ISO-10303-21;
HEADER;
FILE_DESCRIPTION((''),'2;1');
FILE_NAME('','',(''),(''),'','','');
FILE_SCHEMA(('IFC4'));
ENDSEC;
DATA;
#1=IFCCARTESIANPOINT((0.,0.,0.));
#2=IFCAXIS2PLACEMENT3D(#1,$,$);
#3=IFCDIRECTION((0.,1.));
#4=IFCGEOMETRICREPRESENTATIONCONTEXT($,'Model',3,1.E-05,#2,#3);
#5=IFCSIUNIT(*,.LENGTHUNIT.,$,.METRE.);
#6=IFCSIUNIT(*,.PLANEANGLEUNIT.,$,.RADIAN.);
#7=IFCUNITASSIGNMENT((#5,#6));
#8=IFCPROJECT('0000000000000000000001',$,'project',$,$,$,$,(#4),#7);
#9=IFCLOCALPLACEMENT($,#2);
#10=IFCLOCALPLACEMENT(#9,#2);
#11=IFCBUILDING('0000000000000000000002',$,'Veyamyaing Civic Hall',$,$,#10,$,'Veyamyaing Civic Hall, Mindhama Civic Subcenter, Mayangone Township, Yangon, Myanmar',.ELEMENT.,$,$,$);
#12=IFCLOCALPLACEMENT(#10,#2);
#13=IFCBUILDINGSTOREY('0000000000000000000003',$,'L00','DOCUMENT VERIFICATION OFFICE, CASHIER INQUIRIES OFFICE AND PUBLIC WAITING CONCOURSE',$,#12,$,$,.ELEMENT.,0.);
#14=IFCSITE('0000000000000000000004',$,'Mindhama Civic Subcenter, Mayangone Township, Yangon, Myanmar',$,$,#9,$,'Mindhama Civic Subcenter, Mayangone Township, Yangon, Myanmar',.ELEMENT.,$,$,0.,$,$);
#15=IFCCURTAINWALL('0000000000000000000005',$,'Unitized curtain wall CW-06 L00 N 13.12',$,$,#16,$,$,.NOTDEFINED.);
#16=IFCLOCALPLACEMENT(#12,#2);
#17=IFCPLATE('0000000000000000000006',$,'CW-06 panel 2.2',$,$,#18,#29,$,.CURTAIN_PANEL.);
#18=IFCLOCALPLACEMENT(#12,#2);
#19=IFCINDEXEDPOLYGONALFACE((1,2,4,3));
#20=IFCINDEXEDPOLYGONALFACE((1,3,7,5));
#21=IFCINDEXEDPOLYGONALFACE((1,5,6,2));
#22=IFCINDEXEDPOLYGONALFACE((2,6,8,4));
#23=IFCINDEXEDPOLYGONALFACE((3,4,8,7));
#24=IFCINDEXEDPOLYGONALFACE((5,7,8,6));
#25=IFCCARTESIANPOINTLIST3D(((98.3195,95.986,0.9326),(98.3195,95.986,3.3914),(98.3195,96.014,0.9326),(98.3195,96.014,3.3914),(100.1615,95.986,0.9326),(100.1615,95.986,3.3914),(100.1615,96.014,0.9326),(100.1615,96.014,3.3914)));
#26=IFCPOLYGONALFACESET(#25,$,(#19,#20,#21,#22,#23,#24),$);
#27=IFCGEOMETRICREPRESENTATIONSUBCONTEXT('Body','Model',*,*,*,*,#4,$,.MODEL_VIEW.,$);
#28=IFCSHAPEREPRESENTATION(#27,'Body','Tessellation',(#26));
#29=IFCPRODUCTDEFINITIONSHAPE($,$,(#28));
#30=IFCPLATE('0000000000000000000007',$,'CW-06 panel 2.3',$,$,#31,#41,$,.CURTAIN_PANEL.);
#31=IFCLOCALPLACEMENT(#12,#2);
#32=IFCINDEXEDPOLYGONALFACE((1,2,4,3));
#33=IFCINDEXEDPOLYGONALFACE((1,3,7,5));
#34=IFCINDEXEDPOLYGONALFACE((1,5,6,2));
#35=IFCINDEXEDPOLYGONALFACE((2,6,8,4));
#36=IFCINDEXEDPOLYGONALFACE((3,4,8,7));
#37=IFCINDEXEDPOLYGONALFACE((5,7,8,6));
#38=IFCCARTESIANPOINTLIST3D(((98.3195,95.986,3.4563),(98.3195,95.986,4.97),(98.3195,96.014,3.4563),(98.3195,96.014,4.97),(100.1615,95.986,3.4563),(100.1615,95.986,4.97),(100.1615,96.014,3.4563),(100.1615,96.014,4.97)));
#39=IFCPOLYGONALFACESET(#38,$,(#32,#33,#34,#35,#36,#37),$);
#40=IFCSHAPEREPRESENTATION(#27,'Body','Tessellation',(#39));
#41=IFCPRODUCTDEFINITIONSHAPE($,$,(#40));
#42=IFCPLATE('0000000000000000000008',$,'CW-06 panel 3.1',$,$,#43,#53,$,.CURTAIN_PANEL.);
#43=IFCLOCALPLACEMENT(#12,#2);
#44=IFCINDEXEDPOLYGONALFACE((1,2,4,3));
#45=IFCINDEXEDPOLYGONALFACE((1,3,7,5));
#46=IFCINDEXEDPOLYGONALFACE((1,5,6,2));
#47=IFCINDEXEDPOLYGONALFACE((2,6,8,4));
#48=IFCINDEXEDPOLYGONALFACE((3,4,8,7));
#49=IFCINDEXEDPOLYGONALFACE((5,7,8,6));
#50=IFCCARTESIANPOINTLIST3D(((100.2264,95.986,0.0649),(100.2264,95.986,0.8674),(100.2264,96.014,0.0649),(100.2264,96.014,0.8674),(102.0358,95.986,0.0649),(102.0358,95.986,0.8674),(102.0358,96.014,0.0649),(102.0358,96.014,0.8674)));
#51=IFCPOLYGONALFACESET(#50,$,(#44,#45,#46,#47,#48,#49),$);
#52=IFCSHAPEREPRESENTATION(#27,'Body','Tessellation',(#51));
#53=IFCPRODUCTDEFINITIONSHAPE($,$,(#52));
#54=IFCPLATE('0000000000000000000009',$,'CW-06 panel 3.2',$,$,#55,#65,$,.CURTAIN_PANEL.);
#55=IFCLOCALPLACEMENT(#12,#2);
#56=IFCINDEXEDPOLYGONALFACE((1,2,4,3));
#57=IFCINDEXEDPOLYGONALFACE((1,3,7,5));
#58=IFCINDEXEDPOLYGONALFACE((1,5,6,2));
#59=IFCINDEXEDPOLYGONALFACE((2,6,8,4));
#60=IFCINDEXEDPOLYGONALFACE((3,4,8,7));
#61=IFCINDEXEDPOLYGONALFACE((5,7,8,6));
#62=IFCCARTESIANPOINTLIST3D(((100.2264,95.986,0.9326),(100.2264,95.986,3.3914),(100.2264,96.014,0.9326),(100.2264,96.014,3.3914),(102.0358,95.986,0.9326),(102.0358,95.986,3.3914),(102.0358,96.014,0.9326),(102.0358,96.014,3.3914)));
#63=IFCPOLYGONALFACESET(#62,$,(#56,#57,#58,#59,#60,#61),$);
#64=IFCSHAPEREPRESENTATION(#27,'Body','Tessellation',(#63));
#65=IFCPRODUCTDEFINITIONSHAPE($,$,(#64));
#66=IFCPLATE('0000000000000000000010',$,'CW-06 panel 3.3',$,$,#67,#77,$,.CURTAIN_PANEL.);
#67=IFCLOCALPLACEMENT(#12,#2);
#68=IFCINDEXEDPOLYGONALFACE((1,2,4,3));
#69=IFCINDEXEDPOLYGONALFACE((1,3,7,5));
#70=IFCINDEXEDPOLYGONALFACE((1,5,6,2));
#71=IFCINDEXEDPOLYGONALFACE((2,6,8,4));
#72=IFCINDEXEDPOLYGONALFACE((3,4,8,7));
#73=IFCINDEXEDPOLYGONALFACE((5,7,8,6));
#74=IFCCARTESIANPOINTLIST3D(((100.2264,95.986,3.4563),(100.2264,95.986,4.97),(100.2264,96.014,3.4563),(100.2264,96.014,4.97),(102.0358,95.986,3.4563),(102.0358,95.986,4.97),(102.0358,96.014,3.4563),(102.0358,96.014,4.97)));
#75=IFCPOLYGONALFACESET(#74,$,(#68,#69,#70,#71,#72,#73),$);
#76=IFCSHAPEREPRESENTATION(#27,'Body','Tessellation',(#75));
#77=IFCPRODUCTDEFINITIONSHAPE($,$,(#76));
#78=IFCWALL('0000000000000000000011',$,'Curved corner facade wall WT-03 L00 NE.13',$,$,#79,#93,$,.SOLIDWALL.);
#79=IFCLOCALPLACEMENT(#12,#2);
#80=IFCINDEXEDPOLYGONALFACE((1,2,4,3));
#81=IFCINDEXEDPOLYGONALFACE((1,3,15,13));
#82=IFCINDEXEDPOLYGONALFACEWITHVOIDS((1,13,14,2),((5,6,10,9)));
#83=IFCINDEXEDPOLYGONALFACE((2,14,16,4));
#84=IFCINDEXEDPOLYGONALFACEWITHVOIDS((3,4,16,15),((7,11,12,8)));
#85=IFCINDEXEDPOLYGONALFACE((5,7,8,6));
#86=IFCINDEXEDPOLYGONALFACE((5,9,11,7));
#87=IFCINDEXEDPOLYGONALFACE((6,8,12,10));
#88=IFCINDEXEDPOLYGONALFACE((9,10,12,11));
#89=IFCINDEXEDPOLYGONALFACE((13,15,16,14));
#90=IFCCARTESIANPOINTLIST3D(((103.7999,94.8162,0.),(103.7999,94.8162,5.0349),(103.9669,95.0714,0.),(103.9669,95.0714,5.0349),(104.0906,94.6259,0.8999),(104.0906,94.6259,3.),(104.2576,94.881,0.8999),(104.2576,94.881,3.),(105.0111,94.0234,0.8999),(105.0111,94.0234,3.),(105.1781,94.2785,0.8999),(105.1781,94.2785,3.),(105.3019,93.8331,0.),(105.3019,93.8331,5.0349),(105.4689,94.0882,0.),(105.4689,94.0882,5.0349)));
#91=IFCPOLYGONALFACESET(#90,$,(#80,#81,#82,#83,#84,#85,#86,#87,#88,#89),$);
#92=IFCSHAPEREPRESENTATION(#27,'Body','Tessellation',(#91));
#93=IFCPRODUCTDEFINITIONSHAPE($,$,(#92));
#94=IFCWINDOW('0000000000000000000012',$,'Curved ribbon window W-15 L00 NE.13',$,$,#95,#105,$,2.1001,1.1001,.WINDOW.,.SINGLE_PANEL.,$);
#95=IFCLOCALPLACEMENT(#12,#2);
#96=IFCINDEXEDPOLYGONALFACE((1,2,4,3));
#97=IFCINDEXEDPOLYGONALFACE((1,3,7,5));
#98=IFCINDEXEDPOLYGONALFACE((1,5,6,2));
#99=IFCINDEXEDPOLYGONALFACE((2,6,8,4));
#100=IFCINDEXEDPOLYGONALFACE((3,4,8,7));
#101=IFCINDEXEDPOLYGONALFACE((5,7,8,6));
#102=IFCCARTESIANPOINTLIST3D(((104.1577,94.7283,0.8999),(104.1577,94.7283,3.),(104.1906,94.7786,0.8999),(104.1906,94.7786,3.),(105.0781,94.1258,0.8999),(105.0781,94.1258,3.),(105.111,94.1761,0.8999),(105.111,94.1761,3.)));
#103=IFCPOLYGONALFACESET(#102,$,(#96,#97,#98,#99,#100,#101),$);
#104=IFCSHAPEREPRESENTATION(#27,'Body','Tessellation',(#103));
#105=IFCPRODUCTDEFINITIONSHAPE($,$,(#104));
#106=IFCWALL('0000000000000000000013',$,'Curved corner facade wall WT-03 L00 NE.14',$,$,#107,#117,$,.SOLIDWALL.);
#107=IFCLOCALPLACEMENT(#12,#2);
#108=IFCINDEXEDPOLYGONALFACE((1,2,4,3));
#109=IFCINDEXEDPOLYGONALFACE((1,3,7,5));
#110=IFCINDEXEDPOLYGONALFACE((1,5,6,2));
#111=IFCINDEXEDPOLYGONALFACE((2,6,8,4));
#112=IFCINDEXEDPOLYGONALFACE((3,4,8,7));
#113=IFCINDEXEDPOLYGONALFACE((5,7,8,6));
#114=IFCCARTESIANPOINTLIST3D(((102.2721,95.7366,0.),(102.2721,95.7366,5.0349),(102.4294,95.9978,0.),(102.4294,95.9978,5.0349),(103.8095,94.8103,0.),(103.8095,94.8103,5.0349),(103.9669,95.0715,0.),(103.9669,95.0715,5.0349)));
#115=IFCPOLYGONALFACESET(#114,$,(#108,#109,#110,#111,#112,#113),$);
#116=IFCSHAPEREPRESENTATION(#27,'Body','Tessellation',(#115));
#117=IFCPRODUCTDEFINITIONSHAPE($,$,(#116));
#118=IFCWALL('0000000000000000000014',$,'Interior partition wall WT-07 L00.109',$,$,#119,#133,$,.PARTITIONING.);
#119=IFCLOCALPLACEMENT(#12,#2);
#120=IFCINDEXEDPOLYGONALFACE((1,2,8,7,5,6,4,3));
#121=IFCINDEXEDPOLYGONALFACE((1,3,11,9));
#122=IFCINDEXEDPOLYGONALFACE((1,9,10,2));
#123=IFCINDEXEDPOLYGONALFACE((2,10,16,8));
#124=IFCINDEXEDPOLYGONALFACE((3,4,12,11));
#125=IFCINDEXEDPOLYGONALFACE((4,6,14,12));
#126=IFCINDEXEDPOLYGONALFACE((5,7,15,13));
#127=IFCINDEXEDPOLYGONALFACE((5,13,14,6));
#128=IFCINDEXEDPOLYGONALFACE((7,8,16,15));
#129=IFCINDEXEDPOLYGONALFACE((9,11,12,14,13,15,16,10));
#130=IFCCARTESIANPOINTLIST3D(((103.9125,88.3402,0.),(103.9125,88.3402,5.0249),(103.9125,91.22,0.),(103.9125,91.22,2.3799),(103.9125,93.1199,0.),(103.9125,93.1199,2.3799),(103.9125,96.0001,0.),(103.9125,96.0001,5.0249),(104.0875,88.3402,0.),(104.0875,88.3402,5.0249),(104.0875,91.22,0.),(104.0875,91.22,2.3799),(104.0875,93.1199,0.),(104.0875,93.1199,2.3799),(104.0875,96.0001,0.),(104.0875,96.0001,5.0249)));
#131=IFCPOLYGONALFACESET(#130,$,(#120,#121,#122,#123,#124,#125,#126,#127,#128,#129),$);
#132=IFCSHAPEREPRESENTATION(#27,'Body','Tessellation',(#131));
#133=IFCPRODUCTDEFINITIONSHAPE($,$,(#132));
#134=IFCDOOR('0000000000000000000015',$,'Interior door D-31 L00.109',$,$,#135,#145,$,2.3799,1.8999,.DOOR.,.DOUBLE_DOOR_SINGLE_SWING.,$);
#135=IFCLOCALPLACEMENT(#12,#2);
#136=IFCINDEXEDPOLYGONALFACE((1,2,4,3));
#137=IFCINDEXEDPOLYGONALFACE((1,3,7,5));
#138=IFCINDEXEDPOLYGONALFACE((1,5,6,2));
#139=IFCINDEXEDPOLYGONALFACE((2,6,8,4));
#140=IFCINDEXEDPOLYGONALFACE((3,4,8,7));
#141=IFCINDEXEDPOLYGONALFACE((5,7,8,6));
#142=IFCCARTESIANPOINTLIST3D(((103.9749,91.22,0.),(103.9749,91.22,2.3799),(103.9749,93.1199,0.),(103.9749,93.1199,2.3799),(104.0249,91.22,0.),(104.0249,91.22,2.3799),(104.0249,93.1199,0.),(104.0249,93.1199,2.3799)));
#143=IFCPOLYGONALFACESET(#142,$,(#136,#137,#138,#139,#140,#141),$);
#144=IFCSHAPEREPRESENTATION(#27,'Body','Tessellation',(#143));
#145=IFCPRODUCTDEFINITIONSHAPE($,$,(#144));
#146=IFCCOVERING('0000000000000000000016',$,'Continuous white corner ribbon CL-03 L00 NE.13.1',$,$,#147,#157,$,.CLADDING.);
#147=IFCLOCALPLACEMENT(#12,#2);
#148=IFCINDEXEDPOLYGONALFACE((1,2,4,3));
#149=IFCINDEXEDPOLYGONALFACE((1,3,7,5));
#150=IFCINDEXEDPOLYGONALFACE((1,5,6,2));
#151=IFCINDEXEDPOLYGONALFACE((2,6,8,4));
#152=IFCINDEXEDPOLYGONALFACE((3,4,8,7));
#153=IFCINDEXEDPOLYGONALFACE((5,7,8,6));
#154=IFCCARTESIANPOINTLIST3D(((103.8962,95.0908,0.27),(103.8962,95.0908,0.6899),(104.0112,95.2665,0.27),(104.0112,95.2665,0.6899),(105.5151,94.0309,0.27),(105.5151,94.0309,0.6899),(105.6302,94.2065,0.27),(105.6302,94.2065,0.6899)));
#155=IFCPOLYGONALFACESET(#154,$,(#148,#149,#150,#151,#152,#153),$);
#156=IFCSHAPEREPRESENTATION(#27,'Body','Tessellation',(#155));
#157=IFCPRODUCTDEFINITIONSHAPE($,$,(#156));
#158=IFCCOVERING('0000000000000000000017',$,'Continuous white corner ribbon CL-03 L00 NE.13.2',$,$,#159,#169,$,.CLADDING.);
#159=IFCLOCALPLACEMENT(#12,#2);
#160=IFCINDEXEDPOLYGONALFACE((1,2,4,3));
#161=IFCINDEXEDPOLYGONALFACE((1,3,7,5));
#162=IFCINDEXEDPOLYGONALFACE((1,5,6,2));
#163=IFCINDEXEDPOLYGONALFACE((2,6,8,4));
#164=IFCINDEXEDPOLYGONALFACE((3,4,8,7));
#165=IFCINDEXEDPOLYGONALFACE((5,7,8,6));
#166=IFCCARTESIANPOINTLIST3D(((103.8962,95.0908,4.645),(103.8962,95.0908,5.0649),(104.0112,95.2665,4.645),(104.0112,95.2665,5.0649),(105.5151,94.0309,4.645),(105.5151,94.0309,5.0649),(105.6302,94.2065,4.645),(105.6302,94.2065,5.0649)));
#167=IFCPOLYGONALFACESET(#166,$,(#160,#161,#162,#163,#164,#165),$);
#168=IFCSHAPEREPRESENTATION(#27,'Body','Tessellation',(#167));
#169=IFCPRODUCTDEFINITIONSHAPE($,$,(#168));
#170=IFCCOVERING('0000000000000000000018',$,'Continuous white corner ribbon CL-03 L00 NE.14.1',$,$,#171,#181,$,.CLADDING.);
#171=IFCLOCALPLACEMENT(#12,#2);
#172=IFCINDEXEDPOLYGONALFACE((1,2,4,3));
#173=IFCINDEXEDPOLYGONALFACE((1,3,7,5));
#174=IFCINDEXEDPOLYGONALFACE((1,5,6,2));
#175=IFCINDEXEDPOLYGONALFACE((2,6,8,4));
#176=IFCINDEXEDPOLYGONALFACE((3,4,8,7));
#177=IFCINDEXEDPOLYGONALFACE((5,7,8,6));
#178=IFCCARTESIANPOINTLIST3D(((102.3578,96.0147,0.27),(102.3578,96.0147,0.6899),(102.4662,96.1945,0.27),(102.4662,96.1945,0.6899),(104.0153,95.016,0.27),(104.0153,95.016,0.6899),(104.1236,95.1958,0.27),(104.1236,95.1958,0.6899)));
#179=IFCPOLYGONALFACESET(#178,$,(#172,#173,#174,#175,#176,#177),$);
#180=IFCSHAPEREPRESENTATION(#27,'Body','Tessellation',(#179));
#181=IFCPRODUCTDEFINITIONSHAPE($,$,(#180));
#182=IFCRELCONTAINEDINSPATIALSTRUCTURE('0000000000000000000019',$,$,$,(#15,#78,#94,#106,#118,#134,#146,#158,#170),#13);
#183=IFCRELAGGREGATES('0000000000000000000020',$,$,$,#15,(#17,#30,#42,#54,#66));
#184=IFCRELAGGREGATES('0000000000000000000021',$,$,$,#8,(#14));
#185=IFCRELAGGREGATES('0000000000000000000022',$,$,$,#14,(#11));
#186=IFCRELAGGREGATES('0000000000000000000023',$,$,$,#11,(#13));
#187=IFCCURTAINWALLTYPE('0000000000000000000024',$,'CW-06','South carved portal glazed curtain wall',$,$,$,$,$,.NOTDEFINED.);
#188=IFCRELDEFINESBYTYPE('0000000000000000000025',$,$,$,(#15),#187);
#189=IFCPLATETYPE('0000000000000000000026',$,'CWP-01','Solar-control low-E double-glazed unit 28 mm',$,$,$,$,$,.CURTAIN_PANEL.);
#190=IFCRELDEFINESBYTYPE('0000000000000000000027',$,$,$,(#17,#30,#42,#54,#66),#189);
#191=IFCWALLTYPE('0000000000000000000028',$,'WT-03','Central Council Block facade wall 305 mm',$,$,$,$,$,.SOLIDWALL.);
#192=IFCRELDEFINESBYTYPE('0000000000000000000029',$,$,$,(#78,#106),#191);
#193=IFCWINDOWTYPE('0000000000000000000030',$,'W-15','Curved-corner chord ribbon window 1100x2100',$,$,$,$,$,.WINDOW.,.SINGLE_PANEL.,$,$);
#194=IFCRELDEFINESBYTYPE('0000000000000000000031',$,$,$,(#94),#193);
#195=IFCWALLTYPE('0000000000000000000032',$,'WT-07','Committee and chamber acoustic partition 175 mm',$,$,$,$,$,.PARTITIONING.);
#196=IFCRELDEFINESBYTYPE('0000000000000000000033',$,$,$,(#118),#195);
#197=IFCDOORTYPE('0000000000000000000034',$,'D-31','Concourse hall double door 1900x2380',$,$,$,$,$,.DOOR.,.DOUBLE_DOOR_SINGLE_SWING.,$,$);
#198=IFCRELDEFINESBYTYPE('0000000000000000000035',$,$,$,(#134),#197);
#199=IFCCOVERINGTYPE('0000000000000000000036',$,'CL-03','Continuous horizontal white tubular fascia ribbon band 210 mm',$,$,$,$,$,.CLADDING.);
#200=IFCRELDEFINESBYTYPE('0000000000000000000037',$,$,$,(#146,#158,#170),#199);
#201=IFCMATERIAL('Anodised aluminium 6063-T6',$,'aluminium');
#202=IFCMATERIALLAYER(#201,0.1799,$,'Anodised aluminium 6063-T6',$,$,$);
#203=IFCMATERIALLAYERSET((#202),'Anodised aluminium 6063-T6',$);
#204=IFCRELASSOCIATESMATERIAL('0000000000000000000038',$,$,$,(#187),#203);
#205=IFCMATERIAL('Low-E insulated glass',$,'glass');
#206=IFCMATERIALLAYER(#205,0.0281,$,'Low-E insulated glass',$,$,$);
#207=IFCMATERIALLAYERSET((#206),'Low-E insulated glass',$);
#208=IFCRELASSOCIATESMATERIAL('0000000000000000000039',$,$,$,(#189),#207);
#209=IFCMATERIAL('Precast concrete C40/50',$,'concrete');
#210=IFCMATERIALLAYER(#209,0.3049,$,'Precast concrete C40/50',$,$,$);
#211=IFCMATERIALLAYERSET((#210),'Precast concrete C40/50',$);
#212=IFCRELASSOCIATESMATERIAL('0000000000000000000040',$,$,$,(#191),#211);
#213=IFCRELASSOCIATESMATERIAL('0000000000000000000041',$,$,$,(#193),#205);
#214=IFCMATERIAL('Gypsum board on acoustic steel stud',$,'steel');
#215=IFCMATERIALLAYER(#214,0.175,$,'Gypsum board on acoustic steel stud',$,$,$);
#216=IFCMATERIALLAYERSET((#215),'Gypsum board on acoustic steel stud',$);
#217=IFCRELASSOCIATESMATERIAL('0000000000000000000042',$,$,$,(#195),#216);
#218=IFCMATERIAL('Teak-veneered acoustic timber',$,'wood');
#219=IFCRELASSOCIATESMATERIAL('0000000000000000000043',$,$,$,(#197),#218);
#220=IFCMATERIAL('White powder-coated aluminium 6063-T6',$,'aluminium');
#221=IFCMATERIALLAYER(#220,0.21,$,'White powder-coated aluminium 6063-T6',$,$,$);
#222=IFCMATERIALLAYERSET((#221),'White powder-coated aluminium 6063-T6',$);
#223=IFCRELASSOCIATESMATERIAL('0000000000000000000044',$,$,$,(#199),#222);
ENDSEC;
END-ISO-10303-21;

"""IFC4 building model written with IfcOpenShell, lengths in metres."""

from ifc_helpers import new_model, si_unit, direction, frame, frame_2d, origin, origin_2d, place, context, subcontext, project, spatial, rectangle, extrude, material, layer, layer_set, type_object, element, fill, aggregate, save


model = new_model("IFC4")

# Units and contexts
model_context = context("Model", 3, precision=1e-05, world=origin(), true_north=direction((0.0, 1.0)))
body_context = subcontext(model_context, "Body", "Model", "MODEL_VIEW")
ifc_project = project(units=[si_unit("LENGTHUNIT", "METRE"), si_unit("PLANEANGLEUNIT", "RADIAN")], contexts=[model_context])

# Site, building, storey
site_placement = place(None, origin())
site = spatial("IfcSite", under=ifc_project, at=site_placement, Name="Mindhama Civic Subcenter, Mayangone Township, Yangon, Myanmar", LongName="Mindhama Civic Subcenter, Mayangone Township, Yangon, Myanmar", CompositionType="ELEMENT", RefElevation=0.0)
building_placement = place(site_placement, origin())
building = spatial("IfcBuilding", under=site, at=building_placement, Name="Veyamyaing Civic Hall", LongName="Veyamyaing Civic Hall, Mindhama Civic Subcenter, Mayangone Township, Yangon, Myanmar", CompositionType="ELEMENT")
storey_placement = place(building_placement, origin())
storey = spatial("IfcBuildingStorey", under=building, at=storey_placement, Name="L00", Description="DOCUMENT VERIFICATION OFFICE, CASHIER INQUIRIES OFFICE AND PUBLIC WAITING CONCOURSE", CompositionType="ELEMENT", Elevation=0.0)

# Curtain wall, plates
ifc_material_1 = material(Name="Anodised aluminium 6063-T6", Category="aluminium")
ifc_layer_1 = layer(ifc_material_1, 0.1799, Name="Anodised aluminium 6063-T6")
ifc_layer_set_1 = layer_set([ifc_layer_1], Name="Anodised aluminium 6063-T6")
curtain_wall_type = type_object("IfcCurtainWallType", Name="CW-06", Description="South carved portal glazed curtain wall", PredefinedType="NOTDEFINED", material=ifc_layer_set_1)
curtain_wall_placement = place(storey_placement, origin())
curtain_wall = element("IfcCurtainWall", 1, at=curtain_wall_placement, inside=storey, type_object=curtain_wall_type, Name="Unitized curtain wall CW-06 L00 N 13.12", PredefinedType="NOTDEFINED")
ifc_material_2 = material(Name="Low-E insulated glass", Category="glass")
ifc_layer_2 = layer(ifc_material_2, 0.0281, Name="Low-E insulated glass")
ifc_layer_set_2 = layer_set([ifc_layer_2], Name="Low-E insulated glass")
plate_type = type_object("IfcPlateType", Name="CWP-01", Description="Solar-control low-E double-glazed unit 28 mm", PredefinedType="CURTAIN_PANEL", material=ifc_layer_set_2)
plate_1_placement = place(storey_placement, frame((99.2405, 96.0, 0.9326), z_axis=(0.0, 0.0, 1.0), x_axis=(1.0, 0.0, 0.0)))
plate_1 = element("IfcPlate", 2, at=plate_1_placement, type_object=plate_type, Name="CW-06 panel 2.2", PredefinedType="CURTAIN_PANEL", context=body_context, shape_type="SweptSolid", body=[
    extrude(rectangle(XDim=1.842, YDim=0.0281, at=origin_2d()), origin(), (0.0, 0.0, 1.0), 2.4587),
])
plate_2_placement = place(storey_placement, frame((99.2405, 96.0, 3.4563), z_axis=(0.0, 0.0, 1.0), x_axis=(1.0, 0.0, 0.0)))
plate_2 = element("IfcPlate", 3, at=plate_2_placement, type_object=plate_type, Name="CW-06 panel 2.3", PredefinedType="CURTAIN_PANEL", context=body_context, shape_type="SweptSolid", body=[
    extrude(rectangle(XDim=1.842, YDim=0.0281, at=origin_2d()), origin(), (0.0, 0.0, 1.0), 1.5137),
])
plate_3_placement = place(storey_placement, frame((101.1311, 96.0, 0.0649), z_axis=(0.0, 0.0, 1.0), x_axis=(1.0, 0.0, 0.0)))
plate_3 = element("IfcPlate", 4, at=plate_3_placement, type_object=plate_type, Name="CW-06 panel 3.1", PredefinedType="CURTAIN_PANEL", context=body_context, shape_type="SweptSolid", body=[
    extrude(rectangle(XDim=1.8093, YDim=0.0281, at=origin_2d()), origin(), (0.0, 0.0, 1.0), 0.8025),
])
plate_4_placement = place(storey_placement, frame((101.1311, 96.0, 0.9326), z_axis=(0.0, 0.0, 1.0), x_axis=(1.0, 0.0, 0.0)))
plate_4 = element("IfcPlate", 5, at=plate_4_placement, type_object=plate_type, Name="CW-06 panel 3.2", PredefinedType="CURTAIN_PANEL", context=body_context, shape_type="SweptSolid", body=[
    extrude(rectangle(XDim=1.8093, YDim=0.0281, at=origin_2d()), origin(), (0.0, 0.0, 1.0), 2.4587),
])
plate_5_placement = place(storey_placement, frame((101.1311, 96.0, 3.4563), z_axis=(0.0, 0.0, 1.0), x_axis=(1.0, 0.0, 0.0)))
plate_5 = element("IfcPlate", 6, at=plate_5_placement, type_object=plate_type, Name="CW-06 panel 3.3", PredefinedType="CURTAIN_PANEL", context=body_context, shape_type="SweptSolid", body=[
    extrude(rectangle(XDim=1.8093, YDim=0.0281, at=origin_2d()), origin(), (0.0, 0.0, 1.0), 1.5137),
])
aggregate(curtain_wall, [plate_1, plate_2, plate_3, plate_4, plate_5])

# Wall, opening, window
ifc_material_3 = material(Name="Precast concrete C40/50", Category="concrete")
ifc_layer_3 = layer(ifc_material_3, 0.3049, Name="Precast concrete C40/50")
ifc_layer_set_3 = layer_set([ifc_layer_3], Name="Precast concrete C40/50")
wall_type_1 = type_object("IfcWallType", Name="WT-03", Description="Central Council Block facade wall 305 mm", PredefinedType="SOLIDWALL", material=ifc_layer_set_3)
wall_1_placement = place(storey_placement, frame((105.3853, 93.9607, 0.0), z_axis=(0.0, 0.0, 1.0), x_axis=(-0.836687, 0.547682, 0.0)))
wall_1 = element("IfcWall", 7, at=wall_1_placement, inside=storey, type_object=wall_type_1, Name="Curved corner facade wall WT-03 L00 NE.13", PredefinedType="SOLIDWALL", context=body_context, shape_type="SweptSolid", body=[
    extrude(rectangle(XDim=1.7952, YDim=0.3049, at=frame_2d((0.8975, 0.0))), origin(), (0.0, 0.0, 1.0), 5.0349),
])
opening_1_placement = place(wall_1_placement, frame((0.3474, 0.0, 0.8999)))
opening_1 = element("IfcOpeningElement", 8, at=opening_1_placement, cuts=wall_1, PredefinedType="OPENING", context=body_context, shape_type="SweptSolid", body=[
    extrude(rectangle(XDim=1.1001, YDim=2.1001, at=frame_2d((0.55, 1.05))), frame((0.0, 0.1624, 0.0), z_axis=(0.0, -1.0, 0.0), x_axis=(1.0, 0.0, 0.0)), (0.0, 0.0, 1.0), 0.325),
])
window_type = type_object("IfcWindowType", Name="W-15", Description="Curved-corner chord ribbon window 1100x2100", PartitioningType="SINGLE_PANEL", PredefinedType="WINDOW", material=ifc_material_2)
window_placement = place(opening_1_placement, origin())
window = element("IfcWindow", 9, at=window_placement, inside=storey, type_object=window_type, Name="Curved ribbon window W-15 L00 NE.13", OverallHeight=2.1001, OverallWidth=1.1001, PartitioningType="SINGLE_PANEL", PredefinedType="WINDOW", context=body_context, shape_type="SweptSolid", body=[
    extrude(rectangle(XDim=1.1001, YDim=2.1001, at=frame_2d((0.55, 1.05))), frame((0.0, 0.03, 0.0), z_axis=(0.0, -1.0, 0.0), x_axis=(1.0, 0.0, 0.0)), (0.0, 0.0, 1.0), 0.0601),
])
fill(opening_1, window)

# Wall
wall_2_placement = place(storey_placement, frame((103.8882, 94.9409, 0.0), z_axis=(0.0, 0.0, 1.0), x_axis=(-0.856543, 0.516075, 0.0)))
element("IfcWall", 10, at=wall_2_placement, inside=storey, type_object=wall_type_1, Name="Curved corner facade wall WT-03 L00 NE.14", PredefinedType="SOLIDWALL", context=body_context, shape_type="SweptSolid", body=[
    extrude(rectangle(XDim=1.7949, YDim=0.3049, at=frame_2d((0.8975, 0.0))), origin(), (0.0, 0.0, 1.0), 5.0349),
])

# Wall, opening, door
ifc_material_4 = material(Name="Gypsum board on acoustic steel stud", Category="steel")
ifc_layer_4 = layer(ifc_material_4, 0.175, Name="Gypsum board on acoustic steel stud")
ifc_layer_set_4 = layer_set([ifc_layer_4], Name="Gypsum board on acoustic steel stud")
wall_type_2 = type_object("IfcWallType", Name="WT-07", Description="Committee and chamber acoustic partition 175 mm", PredefinedType="PARTITIONING", material=ifc_layer_set_4)
wall_3_placement = place(storey_placement, frame((104.0, 88.3401, 0.0), z_axis=(0.0, 0.0, 1.0), x_axis=(0.0, 1.0, 0.0)))
wall_3 = element("IfcWall", 11, at=wall_3_placement, inside=storey, type_object=wall_type_2, Name="Interior partition wall WT-07 L00.109", PredefinedType="PARTITIONING", context=body_context, shape_type="SweptSolid", body=[
    extrude(rectangle(XDim=7.6599, YDim=0.175, at=frame_2d((3.8301, 0.0))), origin(), (0.0, 0.0, 1.0), 5.0249),
])
opening_2_placement = place(wall_3_placement, frame((2.8799, 0.0, 0.0)))
opening_2 = element("IfcOpeningElement", 12, at=opening_2_placement, cuts=wall_3, PredefinedType="OPENING", context=body_context, shape_type="SweptSolid", body=[
    extrude(rectangle(XDim=1.8999, YDim=2.3799, at=frame_2d((0.95, 1.1899))), frame((0.0, 0.0974, 0.0), z_axis=(0.0, -1.0, 0.0), x_axis=(1.0, 0.0, 0.0)), (0.0, 0.0, 1.0), 0.1951),
])
ifc_material_5 = material(Name="Teak-veneered acoustic timber", Category="wood")
door_type = type_object("IfcDoorType", Name="D-31", Description="Concourse hall double door 1900x2380", OperationType="DOUBLE_DOOR_SINGLE_SWING", PredefinedType="DOOR", material=ifc_material_5)
door_placement = place(opening_2_placement, frame((1.8999, 0.0, 0.0), z_axis=(0.0, 0.0, 1.0), x_axis=(-1.0, 0.0, 0.0)))
door = element("IfcDoor", 13, at=door_placement, inside=storey, type_object=door_type, Name="Interior door D-31 L00.109", OperationType="DOUBLE_DOOR_SINGLE_SWING", OverallHeight=2.3799, OverallWidth=1.8999, PredefinedType="DOOR", context=body_context, shape_type="SweptSolid", body=[
    extrude(rectangle(XDim=1.8999, YDim=2.3799, at=frame_2d((0.95, 1.1899))), frame((0.0, 0.0249, 0.0), z_axis=(0.0, -1.0, 0.0), x_axis=(1.0, 0.0, 0.0)), (0.0, 0.0, 1.0), 0.05),
])
fill(opening_2, door)

# Coverings
ifc_material_6 = material(Name="White powder-coated aluminium 6063-T6", Category="aluminium")
ifc_layer_5 = layer(ifc_material_6, 0.21, Name="White powder-coated aluminium 6063-T6")
ifc_layer_set_5 = layer_set([ifc_layer_5], Name="White powder-coated aluminium 6063-T6")
covering_type = type_object("IfcCoveringType", Name="CL-03", Description="Continuous horizontal white tubular fascia ribbon band 210 mm", PredefinedType="CLADDING", material=ifc_layer_set_5)
for number, where, z_axis, x_axis, name in (
    (14, (104.7632, 94.6487, 0.27), (0.0, 0.0, 1.0), (-0.836628, 0.547772, 0.0), "Continuous white corner ribbon CL-03 L00 NE.13.1"),
    (15, (104.7632, 94.6487, 4.645), (0.0, 0.0, 1.0), (-0.836628, 0.547772, 0.0), "Continuous white corner ribbon CL-03 L00 NE.13.2"),
    (16, (103.2407, 95.6052, 0.27), (0.0, 0.0, 1.0), (-0.856524, 0.516107, 0.0), "Continuous white corner ribbon CL-03 L00 NE.14.1"),
):
    element("IfcCovering", number, at=place(storey_placement, frame(where, z_axis=z_axis, x_axis=x_axis)), inside=storey, type_object=covering_type, Name=name, PredefinedType="CLADDING", context=body_context, shape_type="SweptSolid", body=[
        extrude(rectangle(XDim=1.9351, YDim=0.21, at=origin_2d()), origin(), (0.0, 0.0, 1.0), 0.4199),
    ])

save(model, "model.ifc")
